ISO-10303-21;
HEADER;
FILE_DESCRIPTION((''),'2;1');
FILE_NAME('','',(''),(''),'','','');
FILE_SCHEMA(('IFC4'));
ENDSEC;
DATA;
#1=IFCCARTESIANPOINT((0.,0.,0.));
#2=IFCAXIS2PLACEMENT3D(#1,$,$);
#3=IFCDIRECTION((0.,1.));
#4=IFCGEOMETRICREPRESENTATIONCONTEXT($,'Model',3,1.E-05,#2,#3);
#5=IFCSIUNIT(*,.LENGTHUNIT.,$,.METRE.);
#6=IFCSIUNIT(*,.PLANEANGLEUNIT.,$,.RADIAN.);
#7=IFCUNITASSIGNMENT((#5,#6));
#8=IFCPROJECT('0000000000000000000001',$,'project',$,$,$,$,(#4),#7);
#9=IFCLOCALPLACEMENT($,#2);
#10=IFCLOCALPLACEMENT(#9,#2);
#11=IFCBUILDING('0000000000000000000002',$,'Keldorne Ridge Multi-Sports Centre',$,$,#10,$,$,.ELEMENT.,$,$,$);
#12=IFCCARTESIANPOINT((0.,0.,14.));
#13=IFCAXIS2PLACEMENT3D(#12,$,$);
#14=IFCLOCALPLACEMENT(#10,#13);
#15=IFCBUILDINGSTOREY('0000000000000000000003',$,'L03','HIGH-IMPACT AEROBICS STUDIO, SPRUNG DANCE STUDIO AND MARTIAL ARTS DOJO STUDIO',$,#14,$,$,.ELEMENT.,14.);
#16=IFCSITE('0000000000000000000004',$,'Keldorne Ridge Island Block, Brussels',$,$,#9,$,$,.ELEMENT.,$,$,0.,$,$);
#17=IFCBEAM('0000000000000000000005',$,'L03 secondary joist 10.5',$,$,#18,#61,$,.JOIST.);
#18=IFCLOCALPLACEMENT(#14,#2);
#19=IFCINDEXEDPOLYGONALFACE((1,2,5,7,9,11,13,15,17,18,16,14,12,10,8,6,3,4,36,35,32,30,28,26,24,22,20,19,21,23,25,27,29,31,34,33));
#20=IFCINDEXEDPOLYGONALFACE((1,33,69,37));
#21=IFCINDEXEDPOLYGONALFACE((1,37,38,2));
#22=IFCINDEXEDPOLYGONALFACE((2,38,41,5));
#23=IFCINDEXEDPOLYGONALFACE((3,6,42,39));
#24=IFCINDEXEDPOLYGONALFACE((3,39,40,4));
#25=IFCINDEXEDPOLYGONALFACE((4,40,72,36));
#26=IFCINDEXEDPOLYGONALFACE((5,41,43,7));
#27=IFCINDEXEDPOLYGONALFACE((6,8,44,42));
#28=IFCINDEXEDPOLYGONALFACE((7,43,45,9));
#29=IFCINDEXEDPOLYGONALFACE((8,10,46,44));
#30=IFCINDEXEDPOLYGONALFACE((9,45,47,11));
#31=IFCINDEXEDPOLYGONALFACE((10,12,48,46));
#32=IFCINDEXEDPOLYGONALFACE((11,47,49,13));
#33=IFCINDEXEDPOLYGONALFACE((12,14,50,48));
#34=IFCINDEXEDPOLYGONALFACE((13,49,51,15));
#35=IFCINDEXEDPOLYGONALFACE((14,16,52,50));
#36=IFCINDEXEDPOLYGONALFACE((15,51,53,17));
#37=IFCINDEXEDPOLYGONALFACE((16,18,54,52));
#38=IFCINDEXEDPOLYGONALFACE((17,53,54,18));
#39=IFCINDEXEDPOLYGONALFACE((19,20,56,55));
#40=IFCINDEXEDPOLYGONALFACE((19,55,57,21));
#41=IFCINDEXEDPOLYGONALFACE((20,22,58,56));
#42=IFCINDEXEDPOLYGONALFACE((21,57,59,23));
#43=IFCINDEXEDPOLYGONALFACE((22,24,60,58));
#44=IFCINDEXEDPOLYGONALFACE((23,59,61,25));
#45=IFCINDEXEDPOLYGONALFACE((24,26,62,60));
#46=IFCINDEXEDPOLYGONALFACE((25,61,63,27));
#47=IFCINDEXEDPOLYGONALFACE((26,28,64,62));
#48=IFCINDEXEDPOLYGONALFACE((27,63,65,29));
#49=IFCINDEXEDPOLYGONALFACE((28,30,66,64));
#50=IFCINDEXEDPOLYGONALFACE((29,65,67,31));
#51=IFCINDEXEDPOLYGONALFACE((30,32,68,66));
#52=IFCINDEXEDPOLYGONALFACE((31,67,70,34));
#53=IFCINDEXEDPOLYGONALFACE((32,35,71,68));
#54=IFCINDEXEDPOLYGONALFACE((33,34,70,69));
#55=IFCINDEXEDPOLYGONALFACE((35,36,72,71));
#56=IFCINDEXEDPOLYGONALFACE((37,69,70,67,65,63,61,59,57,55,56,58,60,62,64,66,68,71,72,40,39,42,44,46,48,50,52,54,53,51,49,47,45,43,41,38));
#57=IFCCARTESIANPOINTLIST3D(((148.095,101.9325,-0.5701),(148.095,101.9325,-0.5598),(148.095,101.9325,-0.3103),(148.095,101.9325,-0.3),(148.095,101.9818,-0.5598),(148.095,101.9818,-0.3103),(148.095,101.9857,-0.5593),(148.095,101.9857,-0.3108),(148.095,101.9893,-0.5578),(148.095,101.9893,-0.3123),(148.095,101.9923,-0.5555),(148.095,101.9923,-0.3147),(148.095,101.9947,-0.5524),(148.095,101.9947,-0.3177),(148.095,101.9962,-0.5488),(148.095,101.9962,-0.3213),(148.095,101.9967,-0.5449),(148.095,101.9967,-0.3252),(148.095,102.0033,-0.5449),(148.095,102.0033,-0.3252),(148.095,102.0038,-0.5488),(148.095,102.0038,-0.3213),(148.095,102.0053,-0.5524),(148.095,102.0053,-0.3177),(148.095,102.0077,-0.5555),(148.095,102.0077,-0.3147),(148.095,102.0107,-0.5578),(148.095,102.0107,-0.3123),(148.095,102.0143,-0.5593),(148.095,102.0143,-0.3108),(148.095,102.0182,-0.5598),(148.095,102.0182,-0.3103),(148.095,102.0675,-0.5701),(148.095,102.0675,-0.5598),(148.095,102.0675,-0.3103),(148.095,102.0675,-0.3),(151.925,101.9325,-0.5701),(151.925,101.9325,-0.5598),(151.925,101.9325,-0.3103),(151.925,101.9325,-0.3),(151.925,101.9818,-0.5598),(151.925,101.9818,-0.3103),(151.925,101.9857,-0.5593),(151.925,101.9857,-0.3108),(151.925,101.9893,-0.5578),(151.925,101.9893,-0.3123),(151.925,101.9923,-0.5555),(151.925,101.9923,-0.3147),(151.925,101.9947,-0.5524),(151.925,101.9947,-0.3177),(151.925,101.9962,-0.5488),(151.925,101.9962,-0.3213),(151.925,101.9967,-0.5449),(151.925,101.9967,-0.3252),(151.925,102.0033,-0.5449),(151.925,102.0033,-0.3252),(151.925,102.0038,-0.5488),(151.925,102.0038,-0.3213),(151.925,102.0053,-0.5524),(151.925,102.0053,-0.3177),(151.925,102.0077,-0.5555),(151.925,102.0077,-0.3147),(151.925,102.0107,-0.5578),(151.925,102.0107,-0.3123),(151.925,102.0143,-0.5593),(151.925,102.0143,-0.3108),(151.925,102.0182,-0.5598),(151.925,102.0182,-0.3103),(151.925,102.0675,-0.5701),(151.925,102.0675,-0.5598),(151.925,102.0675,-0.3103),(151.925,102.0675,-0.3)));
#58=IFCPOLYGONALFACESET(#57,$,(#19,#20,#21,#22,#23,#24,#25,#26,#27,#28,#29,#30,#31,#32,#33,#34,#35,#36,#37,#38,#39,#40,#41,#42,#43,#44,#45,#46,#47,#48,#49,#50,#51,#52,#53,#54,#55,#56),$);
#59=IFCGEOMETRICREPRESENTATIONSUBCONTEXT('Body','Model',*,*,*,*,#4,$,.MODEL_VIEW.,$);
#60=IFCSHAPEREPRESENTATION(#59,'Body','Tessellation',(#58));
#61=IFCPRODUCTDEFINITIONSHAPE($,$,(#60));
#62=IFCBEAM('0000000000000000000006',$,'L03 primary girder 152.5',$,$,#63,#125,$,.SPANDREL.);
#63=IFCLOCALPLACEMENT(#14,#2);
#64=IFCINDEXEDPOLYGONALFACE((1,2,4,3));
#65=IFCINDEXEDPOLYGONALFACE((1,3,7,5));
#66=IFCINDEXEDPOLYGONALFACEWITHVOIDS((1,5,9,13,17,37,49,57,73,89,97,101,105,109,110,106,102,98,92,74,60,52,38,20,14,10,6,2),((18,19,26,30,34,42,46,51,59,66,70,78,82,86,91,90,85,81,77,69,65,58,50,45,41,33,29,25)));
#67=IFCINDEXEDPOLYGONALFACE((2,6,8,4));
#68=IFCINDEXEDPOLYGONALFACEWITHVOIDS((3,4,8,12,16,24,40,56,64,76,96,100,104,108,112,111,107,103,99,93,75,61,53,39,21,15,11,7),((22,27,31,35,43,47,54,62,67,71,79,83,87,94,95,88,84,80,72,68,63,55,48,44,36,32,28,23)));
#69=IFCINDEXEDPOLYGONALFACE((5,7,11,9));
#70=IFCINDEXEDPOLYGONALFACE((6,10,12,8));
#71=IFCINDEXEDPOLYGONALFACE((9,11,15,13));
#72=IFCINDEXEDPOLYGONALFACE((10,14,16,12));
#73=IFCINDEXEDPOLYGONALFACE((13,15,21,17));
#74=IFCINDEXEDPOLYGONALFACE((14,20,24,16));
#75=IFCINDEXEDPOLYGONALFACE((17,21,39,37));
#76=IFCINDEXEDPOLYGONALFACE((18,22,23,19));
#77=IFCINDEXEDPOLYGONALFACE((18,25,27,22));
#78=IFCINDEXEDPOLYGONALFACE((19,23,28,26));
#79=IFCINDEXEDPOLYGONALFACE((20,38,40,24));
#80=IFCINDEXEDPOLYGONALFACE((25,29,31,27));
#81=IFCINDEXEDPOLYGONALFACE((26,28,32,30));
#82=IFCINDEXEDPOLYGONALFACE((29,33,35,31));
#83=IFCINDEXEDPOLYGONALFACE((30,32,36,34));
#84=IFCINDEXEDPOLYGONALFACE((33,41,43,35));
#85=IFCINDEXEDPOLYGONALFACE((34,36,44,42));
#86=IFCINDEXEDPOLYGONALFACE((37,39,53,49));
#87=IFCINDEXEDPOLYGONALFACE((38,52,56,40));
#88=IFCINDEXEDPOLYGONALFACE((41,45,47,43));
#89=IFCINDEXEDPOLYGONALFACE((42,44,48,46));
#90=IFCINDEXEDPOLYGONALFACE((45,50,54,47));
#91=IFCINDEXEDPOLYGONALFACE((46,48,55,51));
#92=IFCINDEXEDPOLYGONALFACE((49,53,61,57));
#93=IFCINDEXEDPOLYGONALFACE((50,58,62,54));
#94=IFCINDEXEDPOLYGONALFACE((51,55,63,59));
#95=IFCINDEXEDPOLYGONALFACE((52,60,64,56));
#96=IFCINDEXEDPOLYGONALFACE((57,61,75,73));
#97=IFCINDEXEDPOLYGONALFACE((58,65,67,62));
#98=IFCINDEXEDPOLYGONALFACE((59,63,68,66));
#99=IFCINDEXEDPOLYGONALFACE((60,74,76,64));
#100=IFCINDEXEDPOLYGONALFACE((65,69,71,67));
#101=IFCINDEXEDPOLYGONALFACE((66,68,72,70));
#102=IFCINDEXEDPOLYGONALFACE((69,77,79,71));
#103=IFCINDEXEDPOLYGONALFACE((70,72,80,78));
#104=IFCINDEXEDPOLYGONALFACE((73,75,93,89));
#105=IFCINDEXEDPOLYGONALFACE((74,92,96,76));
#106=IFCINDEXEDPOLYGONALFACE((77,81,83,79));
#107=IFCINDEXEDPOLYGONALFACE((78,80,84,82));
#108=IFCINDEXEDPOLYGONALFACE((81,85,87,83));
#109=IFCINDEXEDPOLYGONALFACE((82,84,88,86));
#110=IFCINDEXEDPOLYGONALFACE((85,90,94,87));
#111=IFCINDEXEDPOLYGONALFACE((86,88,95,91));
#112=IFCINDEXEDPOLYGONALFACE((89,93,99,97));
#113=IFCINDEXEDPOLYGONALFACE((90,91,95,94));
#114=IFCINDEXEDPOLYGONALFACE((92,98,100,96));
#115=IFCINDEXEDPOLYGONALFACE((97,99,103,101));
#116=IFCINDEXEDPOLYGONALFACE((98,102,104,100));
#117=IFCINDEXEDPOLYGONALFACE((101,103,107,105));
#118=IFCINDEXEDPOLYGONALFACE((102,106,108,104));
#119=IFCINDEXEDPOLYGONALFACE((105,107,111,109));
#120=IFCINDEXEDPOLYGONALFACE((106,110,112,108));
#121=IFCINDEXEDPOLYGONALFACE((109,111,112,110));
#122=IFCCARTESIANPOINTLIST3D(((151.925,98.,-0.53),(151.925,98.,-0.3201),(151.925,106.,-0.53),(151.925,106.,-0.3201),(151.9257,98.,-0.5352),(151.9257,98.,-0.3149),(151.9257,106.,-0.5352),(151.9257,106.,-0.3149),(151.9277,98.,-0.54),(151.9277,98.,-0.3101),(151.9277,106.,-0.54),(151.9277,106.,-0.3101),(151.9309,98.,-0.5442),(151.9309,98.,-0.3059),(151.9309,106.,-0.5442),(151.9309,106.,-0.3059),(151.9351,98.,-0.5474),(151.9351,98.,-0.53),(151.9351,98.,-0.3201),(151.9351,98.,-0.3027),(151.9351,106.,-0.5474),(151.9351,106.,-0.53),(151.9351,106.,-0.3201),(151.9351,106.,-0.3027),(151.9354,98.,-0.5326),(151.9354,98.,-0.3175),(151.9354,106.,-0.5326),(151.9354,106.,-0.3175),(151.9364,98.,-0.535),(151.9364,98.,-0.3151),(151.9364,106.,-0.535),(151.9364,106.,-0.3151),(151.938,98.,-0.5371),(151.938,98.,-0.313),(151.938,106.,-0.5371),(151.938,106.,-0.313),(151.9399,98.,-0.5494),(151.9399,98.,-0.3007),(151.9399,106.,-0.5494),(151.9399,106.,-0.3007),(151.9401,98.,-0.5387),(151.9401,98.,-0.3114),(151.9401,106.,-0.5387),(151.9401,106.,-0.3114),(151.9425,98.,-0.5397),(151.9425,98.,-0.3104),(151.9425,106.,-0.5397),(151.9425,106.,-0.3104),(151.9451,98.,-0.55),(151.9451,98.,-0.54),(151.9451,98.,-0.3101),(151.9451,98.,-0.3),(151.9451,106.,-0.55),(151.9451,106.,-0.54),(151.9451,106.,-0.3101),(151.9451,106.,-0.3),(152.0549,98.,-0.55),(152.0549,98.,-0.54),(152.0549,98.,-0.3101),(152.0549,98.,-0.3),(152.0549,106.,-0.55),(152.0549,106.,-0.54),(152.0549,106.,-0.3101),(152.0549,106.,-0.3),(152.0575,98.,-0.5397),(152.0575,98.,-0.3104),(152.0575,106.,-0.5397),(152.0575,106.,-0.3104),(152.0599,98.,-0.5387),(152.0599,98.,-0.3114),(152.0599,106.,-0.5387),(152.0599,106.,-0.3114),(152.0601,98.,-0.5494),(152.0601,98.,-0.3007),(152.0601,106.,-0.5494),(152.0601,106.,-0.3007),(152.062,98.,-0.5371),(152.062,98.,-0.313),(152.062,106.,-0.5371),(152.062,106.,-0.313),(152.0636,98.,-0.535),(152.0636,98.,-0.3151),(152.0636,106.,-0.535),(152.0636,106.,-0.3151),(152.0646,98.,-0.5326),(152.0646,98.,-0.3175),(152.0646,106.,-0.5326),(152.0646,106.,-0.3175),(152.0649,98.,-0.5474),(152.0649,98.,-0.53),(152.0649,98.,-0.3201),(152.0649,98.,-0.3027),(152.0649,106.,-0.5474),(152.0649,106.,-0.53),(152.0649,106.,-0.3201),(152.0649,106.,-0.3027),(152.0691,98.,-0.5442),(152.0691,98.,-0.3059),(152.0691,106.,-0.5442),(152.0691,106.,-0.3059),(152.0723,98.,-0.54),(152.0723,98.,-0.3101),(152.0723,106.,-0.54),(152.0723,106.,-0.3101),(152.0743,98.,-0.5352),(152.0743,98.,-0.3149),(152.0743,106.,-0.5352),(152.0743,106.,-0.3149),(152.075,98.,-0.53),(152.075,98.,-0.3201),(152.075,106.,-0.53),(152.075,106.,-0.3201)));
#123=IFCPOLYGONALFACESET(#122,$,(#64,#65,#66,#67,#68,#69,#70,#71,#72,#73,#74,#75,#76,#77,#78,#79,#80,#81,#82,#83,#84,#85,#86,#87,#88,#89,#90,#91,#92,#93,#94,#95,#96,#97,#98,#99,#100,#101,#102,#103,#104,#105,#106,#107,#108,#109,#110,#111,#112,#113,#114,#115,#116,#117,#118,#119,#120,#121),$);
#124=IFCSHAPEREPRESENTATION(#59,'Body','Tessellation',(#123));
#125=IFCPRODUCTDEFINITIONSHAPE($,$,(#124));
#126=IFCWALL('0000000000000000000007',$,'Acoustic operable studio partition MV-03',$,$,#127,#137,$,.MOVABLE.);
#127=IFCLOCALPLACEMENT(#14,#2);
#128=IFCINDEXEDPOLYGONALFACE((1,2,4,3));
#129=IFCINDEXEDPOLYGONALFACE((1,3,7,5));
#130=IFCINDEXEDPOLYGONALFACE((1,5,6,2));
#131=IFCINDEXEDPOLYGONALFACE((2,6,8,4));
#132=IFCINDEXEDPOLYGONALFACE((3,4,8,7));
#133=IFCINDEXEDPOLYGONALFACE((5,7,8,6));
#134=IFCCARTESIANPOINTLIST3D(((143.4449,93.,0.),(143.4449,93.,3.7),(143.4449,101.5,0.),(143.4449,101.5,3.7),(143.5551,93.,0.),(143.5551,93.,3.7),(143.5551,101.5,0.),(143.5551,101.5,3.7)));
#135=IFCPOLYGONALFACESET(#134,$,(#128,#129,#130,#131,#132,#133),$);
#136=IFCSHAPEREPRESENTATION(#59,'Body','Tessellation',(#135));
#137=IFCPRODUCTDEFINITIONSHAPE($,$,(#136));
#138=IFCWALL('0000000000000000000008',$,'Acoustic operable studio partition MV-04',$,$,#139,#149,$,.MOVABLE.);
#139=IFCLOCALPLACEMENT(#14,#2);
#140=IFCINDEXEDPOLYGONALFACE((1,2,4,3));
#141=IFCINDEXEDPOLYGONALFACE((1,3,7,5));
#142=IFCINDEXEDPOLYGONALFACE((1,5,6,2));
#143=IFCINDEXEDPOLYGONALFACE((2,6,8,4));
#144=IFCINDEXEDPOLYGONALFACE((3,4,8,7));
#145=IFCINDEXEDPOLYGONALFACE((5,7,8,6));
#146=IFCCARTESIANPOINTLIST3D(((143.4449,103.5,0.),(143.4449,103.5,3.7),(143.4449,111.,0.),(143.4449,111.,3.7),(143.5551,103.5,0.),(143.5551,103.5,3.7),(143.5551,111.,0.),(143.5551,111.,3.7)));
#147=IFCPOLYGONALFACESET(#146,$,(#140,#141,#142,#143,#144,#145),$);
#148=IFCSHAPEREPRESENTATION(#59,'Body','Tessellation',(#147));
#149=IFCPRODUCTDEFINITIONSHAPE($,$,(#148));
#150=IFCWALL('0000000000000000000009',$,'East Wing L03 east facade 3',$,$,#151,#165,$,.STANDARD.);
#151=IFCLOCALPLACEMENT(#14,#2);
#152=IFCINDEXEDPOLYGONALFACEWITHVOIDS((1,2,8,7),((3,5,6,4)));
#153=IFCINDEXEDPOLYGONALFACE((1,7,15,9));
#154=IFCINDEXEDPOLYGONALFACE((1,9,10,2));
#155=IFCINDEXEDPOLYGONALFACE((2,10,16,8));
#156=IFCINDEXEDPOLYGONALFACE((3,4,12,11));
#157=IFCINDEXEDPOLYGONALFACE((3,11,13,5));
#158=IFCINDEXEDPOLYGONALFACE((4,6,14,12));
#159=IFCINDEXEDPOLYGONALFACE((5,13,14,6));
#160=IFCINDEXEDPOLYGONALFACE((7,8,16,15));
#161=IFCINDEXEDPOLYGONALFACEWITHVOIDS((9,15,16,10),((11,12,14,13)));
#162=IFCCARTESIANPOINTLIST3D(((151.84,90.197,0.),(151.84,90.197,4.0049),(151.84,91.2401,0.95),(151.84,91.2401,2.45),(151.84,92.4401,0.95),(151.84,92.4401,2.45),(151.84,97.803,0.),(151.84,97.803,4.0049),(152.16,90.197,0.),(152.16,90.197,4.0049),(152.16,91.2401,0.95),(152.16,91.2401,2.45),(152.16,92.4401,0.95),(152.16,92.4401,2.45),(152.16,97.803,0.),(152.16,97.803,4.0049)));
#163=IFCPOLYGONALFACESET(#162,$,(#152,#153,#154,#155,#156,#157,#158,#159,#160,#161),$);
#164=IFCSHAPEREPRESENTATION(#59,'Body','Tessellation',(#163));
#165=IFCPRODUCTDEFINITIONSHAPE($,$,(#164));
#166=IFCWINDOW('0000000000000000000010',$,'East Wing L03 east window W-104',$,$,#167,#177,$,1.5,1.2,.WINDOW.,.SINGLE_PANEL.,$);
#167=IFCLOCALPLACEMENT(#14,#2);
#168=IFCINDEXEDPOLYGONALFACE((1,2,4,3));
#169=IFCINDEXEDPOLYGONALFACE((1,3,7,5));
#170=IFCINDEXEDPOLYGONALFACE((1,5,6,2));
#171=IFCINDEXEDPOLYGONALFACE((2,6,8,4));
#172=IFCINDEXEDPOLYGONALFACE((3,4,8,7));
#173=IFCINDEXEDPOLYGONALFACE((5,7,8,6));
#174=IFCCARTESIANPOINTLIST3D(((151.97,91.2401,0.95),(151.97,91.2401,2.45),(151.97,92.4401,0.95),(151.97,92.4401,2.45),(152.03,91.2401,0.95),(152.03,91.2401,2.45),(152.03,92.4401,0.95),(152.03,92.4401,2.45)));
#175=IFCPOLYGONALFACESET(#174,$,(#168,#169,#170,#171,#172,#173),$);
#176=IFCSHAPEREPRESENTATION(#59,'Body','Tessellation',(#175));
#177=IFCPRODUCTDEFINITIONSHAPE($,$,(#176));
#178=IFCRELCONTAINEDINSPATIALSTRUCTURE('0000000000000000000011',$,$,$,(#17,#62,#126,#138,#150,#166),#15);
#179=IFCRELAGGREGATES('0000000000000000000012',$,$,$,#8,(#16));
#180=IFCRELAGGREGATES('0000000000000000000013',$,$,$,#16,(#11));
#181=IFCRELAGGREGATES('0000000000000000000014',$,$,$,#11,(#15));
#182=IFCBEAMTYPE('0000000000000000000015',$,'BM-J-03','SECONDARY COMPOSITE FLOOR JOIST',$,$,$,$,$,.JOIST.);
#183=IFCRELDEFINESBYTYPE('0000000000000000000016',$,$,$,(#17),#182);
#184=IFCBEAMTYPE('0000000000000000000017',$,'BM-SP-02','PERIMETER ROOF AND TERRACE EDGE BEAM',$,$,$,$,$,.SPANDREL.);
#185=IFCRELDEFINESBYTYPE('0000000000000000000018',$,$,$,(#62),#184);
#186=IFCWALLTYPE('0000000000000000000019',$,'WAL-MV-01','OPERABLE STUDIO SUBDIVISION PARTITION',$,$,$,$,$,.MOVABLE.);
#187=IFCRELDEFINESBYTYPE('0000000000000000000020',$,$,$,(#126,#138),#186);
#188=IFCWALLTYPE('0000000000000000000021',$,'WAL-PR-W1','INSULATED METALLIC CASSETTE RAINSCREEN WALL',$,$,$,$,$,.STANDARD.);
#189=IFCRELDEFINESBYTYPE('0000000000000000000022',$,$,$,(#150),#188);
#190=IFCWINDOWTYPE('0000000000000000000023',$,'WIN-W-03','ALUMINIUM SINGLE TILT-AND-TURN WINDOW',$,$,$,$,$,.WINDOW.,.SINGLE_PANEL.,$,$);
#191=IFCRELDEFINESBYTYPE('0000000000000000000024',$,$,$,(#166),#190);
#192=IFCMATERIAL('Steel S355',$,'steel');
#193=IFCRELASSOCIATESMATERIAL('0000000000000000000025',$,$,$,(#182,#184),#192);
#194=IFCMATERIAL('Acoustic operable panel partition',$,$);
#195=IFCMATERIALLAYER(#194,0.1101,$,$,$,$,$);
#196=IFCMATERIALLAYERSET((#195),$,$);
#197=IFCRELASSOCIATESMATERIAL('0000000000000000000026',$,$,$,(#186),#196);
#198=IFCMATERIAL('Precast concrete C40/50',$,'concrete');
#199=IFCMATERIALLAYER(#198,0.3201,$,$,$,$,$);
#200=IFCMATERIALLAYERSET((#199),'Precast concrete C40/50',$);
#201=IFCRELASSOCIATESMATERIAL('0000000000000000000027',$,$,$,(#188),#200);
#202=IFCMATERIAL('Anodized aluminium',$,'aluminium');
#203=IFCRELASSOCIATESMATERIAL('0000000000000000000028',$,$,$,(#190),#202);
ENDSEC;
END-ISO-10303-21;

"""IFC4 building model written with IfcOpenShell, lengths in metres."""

from ifc_helpers import new_model, si_unit, direction, frame, frame_2d, origin, origin_2d, place, context, subcontext, project, spatial, rectangle, hollow_rectangle, i_section, extrude, material, layer, layer_set, material_profile, profile_set, type_object, element, fill, save


model = new_model("IFC4")

# Units and contexts
model_context = context("Model", 3, precision=1e-05, world=origin(), true_north=direction((0.0, 1.0)))
body_context = subcontext(model_context, "Body", "Model", "MODEL_VIEW")
ifc_project = project(units=[si_unit("LENGTHUNIT", "METRE"), si_unit("PLANEANGLEUNIT", "RADIAN")], contexts=[model_context])

# Site, building, storey
site_placement = place(None, origin())
site = spatial("IfcSite", under=ifc_project, at=site_placement, Name="Keldorne Ridge Island Block, Brussels", CompositionType="ELEMENT", RefElevation=0.0)
building_placement = place(site_placement, origin())
building = spatial("IfcBuilding", under=site, at=building_placement, Name="Keldorne Ridge Multi-Sports Centre", CompositionType="ELEMENT")
storey_placement = place(building_placement, frame((0.0, 0.0, 14.0)))
storey = spatial("IfcBuildingStorey", under=building, at=storey_placement, Name="L03", Description="HIGH-IMPACT AEROBICS STUDIO, SPRUNG DANCE STUDIO AND MARTIAL ARTS DOJO STUDIO", CompositionType="ELEMENT", Elevation=14.0)

# Shared definitions
ifc_material_1 = material(Name="Steel S355", Category="steel")

# Beams
ifc_material_profile_1 = material_profile(ifc_material_1, i_section(OverallWidth=0.135, OverallDepth=0.27, WebThickness=0.0066, FlangeThickness=0.0103, FilletRadius=0.0149, at=origin_2d()), Name="IPE 270")
ifc_profile_set_1 = profile_set([ifc_material_profile_1], Name="Steel S355")
beam_type_1 = type_object("IfcBeamType", Name="BM-J-03", Description="SECONDARY COMPOSITE FLOOR JOIST", PredefinedType="JOIST", material=ifc_profile_set_1)
for number, where, z_axis, x_axis, name in (
    (1, (148.095, 102.0, -0.4351), (1.0, 0.0, 0.0), (0.0, 1.0, 0.0), "L03 secondary joist 10.5"),
):
    element("IfcBeam", number, at=place(storey_placement, frame(where, z_axis=z_axis, x_axis=x_axis)), inside=storey, type_object=beam_type_1, Name=name, PredefinedType="JOIST", context=body_context, shape_type="SweptSolid", body=[
        extrude(i_section(OverallWidth=0.135, OverallDepth=0.27, WebThickness=0.0066, FlangeThickness=0.0103, FilletRadius=0.0149, at=origin_2d()), origin(), (0.0, 0.0, 1.0), 3.8301),
    ])
ifc_material_profile_2 = material_profile(ifc_material_1, hollow_rectangle(XDim=0.1499, YDim=0.25, WallThickness=0.01, InnerFilletRadius=0.01, OuterFilletRadius=0.02, at=origin_2d()), Name="RHS 250x150x10")
ifc_profile_set_2 = profile_set([ifc_material_profile_2], Name="Steel S355")
beam_type_2 = type_object("IfcBeamType", Name="BM-SP-02", Description="PERIMETER ROOF AND TERRACE EDGE BEAM", PredefinedType="SPANDREL", material=ifc_profile_set_2)
beam_1_placement = place(storey_placement, frame((152.0, 98.0, -0.425), z_axis=(0.0, 1.0, 0.0), x_axis=(-1.0, 0.0, 0.0)))
element("IfcBeam", 2, at=beam_1_placement, inside=storey, type_object=beam_type_2, Name="L03 primary girder 152.5", PredefinedType="SPANDREL", context=body_context, shape_type="SweptSolid", body=[
    extrude(hollow_rectangle(XDim=0.1499, YDim=0.25, WallThickness=0.01, InnerFilletRadius=0.01, OuterFilletRadius=0.02, at=origin_2d()), origin(), (0.0, 0.0, 1.0), 8.0),
])

# Walls
ifc_material_2 = material(Name="Acoustic operable panel partition")
ifc_layer_1 = layer(ifc_material_2, 0.1101)
ifc_layer_set_1 = layer_set([ifc_layer_1])
wall_type_1 = type_object("IfcWallType", Name="WAL-MV-01", Description="OPERABLE STUDIO SUBDIVISION PARTITION", PredefinedType="MOVABLE", material=ifc_layer_set_1)
wall_1_placement = place(storey_placement, frame((143.5, 93.0, 0.0), z_axis=(0.0, 0.0, 1.0), x_axis=(0.0, 1.0, 0.0)))
element("IfcWall", 3, at=wall_1_placement, inside=storey, type_object=wall_type_1, Name="Acoustic operable studio partition MV-03", PredefinedType="MOVABLE", context=body_context, shape_type="SweptSolid", body=[
    extrude(rectangle(XDim=8.5, YDim=0.1101, at=frame_2d((4.25, 0.0))), origin(), (0.0, 0.0, 1.0), 3.7),
])
wall_2_placement = place(storey_placement, frame((143.5, 103.5, 0.0), z_axis=(0.0, 0.0, 1.0), x_axis=(0.0, 1.0, 0.0)))
element("IfcWall", 4, at=wall_2_placement, inside=storey, type_object=wall_type_1, Name="Acoustic operable studio partition MV-04", PredefinedType="MOVABLE", context=body_context, shape_type="SweptSolid", body=[
    extrude(rectangle(XDim=7.5, YDim=0.1101, at=frame_2d((3.75, 0.0))), origin(), (0.0, 0.0, 1.0), 3.7),
])

# Wall, opening, window
ifc_material_3 = material(Name="Precast concrete C40/50", Category="concrete")
ifc_layer_2 = layer(ifc_material_3, 0.3201)
ifc_layer_set_2 = layer_set([ifc_layer_2], Name="Precast concrete C40/50")
wall_type_2 = type_object("IfcWallType", Name="WAL-PR-W1", Description="INSULATED METALLIC CASSETTE RAINSCREEN WALL", PredefinedType="STANDARD", material=ifc_layer_set_2)
wall_3_placement = place(storey_placement, frame((152.0, 90.197, 0.0), z_axis=(0.0, 0.0, 1.0), x_axis=(0.0, 1.0, 0.0)))
wall_3 = element("IfcWall", 5, at=wall_3_placement, inside=storey, type_object=wall_type_2, Name="East Wing L03 east facade 3", PredefinedType="STANDARD", context=body_context, shape_type="SweptSolid", body=[
    extrude(rectangle(XDim=7.606, YDim=0.3201, at=frame_2d((3.803, 0.0))), origin(), (0.0, 0.0, 1.0), 4.0049),
])
opening_1_placement = place(wall_3_placement, frame((1.043, 0.0, 0.95)))
opening_1 = element("IfcOpeningElement", 6, at=opening_1_placement, cuts=wall_3, PredefinedType="OPENING", context=body_context, shape_type="SweptSolid", body=[
    extrude(rectangle(XDim=1.2, YDim=1.5, at=frame_2d((0.6001, 0.75))), frame((0.0, 0.1699, 0.0), z_axis=(0.0, -1.0, 0.0), x_axis=(1.0, 0.0, 0.0)), (0.0, 0.0, 1.0), 0.3401),
])
ifc_material_4 = material(Name="Anodized aluminium", Category="aluminium")
window_type = type_object("IfcWindowType", Name="WIN-W-03", Description="ALUMINIUM SINGLE TILT-AND-TURN WINDOW", PartitioningType="SINGLE_PANEL", PredefinedType="WINDOW", material=ifc_material_4)
window_1_placement = place(opening_1_placement, origin())
window_1 = element("IfcWindow", 7, at=window_1_placement, inside=storey, type_object=window_type, Name="East Wing L03 east window W-104", OverallHeight=1.5, OverallWidth=1.2, PartitioningType="SINGLE_PANEL", PredefinedType="WINDOW", context=body_context, shape_type="SweptSolid", body=[
    extrude(rectangle(XDim=1.2, YDim=1.5, at=frame_2d((0.6001, 0.75))), frame((0.0, 0.03, 0.0), z_axis=(0.0, -1.0, 0.0), x_axis=(1.0, 0.0, 0.0)), (0.0, 0.0, 1.0), 0.0601),
])
fill(opening_1, window_1)

save(model, "model.ifc")
